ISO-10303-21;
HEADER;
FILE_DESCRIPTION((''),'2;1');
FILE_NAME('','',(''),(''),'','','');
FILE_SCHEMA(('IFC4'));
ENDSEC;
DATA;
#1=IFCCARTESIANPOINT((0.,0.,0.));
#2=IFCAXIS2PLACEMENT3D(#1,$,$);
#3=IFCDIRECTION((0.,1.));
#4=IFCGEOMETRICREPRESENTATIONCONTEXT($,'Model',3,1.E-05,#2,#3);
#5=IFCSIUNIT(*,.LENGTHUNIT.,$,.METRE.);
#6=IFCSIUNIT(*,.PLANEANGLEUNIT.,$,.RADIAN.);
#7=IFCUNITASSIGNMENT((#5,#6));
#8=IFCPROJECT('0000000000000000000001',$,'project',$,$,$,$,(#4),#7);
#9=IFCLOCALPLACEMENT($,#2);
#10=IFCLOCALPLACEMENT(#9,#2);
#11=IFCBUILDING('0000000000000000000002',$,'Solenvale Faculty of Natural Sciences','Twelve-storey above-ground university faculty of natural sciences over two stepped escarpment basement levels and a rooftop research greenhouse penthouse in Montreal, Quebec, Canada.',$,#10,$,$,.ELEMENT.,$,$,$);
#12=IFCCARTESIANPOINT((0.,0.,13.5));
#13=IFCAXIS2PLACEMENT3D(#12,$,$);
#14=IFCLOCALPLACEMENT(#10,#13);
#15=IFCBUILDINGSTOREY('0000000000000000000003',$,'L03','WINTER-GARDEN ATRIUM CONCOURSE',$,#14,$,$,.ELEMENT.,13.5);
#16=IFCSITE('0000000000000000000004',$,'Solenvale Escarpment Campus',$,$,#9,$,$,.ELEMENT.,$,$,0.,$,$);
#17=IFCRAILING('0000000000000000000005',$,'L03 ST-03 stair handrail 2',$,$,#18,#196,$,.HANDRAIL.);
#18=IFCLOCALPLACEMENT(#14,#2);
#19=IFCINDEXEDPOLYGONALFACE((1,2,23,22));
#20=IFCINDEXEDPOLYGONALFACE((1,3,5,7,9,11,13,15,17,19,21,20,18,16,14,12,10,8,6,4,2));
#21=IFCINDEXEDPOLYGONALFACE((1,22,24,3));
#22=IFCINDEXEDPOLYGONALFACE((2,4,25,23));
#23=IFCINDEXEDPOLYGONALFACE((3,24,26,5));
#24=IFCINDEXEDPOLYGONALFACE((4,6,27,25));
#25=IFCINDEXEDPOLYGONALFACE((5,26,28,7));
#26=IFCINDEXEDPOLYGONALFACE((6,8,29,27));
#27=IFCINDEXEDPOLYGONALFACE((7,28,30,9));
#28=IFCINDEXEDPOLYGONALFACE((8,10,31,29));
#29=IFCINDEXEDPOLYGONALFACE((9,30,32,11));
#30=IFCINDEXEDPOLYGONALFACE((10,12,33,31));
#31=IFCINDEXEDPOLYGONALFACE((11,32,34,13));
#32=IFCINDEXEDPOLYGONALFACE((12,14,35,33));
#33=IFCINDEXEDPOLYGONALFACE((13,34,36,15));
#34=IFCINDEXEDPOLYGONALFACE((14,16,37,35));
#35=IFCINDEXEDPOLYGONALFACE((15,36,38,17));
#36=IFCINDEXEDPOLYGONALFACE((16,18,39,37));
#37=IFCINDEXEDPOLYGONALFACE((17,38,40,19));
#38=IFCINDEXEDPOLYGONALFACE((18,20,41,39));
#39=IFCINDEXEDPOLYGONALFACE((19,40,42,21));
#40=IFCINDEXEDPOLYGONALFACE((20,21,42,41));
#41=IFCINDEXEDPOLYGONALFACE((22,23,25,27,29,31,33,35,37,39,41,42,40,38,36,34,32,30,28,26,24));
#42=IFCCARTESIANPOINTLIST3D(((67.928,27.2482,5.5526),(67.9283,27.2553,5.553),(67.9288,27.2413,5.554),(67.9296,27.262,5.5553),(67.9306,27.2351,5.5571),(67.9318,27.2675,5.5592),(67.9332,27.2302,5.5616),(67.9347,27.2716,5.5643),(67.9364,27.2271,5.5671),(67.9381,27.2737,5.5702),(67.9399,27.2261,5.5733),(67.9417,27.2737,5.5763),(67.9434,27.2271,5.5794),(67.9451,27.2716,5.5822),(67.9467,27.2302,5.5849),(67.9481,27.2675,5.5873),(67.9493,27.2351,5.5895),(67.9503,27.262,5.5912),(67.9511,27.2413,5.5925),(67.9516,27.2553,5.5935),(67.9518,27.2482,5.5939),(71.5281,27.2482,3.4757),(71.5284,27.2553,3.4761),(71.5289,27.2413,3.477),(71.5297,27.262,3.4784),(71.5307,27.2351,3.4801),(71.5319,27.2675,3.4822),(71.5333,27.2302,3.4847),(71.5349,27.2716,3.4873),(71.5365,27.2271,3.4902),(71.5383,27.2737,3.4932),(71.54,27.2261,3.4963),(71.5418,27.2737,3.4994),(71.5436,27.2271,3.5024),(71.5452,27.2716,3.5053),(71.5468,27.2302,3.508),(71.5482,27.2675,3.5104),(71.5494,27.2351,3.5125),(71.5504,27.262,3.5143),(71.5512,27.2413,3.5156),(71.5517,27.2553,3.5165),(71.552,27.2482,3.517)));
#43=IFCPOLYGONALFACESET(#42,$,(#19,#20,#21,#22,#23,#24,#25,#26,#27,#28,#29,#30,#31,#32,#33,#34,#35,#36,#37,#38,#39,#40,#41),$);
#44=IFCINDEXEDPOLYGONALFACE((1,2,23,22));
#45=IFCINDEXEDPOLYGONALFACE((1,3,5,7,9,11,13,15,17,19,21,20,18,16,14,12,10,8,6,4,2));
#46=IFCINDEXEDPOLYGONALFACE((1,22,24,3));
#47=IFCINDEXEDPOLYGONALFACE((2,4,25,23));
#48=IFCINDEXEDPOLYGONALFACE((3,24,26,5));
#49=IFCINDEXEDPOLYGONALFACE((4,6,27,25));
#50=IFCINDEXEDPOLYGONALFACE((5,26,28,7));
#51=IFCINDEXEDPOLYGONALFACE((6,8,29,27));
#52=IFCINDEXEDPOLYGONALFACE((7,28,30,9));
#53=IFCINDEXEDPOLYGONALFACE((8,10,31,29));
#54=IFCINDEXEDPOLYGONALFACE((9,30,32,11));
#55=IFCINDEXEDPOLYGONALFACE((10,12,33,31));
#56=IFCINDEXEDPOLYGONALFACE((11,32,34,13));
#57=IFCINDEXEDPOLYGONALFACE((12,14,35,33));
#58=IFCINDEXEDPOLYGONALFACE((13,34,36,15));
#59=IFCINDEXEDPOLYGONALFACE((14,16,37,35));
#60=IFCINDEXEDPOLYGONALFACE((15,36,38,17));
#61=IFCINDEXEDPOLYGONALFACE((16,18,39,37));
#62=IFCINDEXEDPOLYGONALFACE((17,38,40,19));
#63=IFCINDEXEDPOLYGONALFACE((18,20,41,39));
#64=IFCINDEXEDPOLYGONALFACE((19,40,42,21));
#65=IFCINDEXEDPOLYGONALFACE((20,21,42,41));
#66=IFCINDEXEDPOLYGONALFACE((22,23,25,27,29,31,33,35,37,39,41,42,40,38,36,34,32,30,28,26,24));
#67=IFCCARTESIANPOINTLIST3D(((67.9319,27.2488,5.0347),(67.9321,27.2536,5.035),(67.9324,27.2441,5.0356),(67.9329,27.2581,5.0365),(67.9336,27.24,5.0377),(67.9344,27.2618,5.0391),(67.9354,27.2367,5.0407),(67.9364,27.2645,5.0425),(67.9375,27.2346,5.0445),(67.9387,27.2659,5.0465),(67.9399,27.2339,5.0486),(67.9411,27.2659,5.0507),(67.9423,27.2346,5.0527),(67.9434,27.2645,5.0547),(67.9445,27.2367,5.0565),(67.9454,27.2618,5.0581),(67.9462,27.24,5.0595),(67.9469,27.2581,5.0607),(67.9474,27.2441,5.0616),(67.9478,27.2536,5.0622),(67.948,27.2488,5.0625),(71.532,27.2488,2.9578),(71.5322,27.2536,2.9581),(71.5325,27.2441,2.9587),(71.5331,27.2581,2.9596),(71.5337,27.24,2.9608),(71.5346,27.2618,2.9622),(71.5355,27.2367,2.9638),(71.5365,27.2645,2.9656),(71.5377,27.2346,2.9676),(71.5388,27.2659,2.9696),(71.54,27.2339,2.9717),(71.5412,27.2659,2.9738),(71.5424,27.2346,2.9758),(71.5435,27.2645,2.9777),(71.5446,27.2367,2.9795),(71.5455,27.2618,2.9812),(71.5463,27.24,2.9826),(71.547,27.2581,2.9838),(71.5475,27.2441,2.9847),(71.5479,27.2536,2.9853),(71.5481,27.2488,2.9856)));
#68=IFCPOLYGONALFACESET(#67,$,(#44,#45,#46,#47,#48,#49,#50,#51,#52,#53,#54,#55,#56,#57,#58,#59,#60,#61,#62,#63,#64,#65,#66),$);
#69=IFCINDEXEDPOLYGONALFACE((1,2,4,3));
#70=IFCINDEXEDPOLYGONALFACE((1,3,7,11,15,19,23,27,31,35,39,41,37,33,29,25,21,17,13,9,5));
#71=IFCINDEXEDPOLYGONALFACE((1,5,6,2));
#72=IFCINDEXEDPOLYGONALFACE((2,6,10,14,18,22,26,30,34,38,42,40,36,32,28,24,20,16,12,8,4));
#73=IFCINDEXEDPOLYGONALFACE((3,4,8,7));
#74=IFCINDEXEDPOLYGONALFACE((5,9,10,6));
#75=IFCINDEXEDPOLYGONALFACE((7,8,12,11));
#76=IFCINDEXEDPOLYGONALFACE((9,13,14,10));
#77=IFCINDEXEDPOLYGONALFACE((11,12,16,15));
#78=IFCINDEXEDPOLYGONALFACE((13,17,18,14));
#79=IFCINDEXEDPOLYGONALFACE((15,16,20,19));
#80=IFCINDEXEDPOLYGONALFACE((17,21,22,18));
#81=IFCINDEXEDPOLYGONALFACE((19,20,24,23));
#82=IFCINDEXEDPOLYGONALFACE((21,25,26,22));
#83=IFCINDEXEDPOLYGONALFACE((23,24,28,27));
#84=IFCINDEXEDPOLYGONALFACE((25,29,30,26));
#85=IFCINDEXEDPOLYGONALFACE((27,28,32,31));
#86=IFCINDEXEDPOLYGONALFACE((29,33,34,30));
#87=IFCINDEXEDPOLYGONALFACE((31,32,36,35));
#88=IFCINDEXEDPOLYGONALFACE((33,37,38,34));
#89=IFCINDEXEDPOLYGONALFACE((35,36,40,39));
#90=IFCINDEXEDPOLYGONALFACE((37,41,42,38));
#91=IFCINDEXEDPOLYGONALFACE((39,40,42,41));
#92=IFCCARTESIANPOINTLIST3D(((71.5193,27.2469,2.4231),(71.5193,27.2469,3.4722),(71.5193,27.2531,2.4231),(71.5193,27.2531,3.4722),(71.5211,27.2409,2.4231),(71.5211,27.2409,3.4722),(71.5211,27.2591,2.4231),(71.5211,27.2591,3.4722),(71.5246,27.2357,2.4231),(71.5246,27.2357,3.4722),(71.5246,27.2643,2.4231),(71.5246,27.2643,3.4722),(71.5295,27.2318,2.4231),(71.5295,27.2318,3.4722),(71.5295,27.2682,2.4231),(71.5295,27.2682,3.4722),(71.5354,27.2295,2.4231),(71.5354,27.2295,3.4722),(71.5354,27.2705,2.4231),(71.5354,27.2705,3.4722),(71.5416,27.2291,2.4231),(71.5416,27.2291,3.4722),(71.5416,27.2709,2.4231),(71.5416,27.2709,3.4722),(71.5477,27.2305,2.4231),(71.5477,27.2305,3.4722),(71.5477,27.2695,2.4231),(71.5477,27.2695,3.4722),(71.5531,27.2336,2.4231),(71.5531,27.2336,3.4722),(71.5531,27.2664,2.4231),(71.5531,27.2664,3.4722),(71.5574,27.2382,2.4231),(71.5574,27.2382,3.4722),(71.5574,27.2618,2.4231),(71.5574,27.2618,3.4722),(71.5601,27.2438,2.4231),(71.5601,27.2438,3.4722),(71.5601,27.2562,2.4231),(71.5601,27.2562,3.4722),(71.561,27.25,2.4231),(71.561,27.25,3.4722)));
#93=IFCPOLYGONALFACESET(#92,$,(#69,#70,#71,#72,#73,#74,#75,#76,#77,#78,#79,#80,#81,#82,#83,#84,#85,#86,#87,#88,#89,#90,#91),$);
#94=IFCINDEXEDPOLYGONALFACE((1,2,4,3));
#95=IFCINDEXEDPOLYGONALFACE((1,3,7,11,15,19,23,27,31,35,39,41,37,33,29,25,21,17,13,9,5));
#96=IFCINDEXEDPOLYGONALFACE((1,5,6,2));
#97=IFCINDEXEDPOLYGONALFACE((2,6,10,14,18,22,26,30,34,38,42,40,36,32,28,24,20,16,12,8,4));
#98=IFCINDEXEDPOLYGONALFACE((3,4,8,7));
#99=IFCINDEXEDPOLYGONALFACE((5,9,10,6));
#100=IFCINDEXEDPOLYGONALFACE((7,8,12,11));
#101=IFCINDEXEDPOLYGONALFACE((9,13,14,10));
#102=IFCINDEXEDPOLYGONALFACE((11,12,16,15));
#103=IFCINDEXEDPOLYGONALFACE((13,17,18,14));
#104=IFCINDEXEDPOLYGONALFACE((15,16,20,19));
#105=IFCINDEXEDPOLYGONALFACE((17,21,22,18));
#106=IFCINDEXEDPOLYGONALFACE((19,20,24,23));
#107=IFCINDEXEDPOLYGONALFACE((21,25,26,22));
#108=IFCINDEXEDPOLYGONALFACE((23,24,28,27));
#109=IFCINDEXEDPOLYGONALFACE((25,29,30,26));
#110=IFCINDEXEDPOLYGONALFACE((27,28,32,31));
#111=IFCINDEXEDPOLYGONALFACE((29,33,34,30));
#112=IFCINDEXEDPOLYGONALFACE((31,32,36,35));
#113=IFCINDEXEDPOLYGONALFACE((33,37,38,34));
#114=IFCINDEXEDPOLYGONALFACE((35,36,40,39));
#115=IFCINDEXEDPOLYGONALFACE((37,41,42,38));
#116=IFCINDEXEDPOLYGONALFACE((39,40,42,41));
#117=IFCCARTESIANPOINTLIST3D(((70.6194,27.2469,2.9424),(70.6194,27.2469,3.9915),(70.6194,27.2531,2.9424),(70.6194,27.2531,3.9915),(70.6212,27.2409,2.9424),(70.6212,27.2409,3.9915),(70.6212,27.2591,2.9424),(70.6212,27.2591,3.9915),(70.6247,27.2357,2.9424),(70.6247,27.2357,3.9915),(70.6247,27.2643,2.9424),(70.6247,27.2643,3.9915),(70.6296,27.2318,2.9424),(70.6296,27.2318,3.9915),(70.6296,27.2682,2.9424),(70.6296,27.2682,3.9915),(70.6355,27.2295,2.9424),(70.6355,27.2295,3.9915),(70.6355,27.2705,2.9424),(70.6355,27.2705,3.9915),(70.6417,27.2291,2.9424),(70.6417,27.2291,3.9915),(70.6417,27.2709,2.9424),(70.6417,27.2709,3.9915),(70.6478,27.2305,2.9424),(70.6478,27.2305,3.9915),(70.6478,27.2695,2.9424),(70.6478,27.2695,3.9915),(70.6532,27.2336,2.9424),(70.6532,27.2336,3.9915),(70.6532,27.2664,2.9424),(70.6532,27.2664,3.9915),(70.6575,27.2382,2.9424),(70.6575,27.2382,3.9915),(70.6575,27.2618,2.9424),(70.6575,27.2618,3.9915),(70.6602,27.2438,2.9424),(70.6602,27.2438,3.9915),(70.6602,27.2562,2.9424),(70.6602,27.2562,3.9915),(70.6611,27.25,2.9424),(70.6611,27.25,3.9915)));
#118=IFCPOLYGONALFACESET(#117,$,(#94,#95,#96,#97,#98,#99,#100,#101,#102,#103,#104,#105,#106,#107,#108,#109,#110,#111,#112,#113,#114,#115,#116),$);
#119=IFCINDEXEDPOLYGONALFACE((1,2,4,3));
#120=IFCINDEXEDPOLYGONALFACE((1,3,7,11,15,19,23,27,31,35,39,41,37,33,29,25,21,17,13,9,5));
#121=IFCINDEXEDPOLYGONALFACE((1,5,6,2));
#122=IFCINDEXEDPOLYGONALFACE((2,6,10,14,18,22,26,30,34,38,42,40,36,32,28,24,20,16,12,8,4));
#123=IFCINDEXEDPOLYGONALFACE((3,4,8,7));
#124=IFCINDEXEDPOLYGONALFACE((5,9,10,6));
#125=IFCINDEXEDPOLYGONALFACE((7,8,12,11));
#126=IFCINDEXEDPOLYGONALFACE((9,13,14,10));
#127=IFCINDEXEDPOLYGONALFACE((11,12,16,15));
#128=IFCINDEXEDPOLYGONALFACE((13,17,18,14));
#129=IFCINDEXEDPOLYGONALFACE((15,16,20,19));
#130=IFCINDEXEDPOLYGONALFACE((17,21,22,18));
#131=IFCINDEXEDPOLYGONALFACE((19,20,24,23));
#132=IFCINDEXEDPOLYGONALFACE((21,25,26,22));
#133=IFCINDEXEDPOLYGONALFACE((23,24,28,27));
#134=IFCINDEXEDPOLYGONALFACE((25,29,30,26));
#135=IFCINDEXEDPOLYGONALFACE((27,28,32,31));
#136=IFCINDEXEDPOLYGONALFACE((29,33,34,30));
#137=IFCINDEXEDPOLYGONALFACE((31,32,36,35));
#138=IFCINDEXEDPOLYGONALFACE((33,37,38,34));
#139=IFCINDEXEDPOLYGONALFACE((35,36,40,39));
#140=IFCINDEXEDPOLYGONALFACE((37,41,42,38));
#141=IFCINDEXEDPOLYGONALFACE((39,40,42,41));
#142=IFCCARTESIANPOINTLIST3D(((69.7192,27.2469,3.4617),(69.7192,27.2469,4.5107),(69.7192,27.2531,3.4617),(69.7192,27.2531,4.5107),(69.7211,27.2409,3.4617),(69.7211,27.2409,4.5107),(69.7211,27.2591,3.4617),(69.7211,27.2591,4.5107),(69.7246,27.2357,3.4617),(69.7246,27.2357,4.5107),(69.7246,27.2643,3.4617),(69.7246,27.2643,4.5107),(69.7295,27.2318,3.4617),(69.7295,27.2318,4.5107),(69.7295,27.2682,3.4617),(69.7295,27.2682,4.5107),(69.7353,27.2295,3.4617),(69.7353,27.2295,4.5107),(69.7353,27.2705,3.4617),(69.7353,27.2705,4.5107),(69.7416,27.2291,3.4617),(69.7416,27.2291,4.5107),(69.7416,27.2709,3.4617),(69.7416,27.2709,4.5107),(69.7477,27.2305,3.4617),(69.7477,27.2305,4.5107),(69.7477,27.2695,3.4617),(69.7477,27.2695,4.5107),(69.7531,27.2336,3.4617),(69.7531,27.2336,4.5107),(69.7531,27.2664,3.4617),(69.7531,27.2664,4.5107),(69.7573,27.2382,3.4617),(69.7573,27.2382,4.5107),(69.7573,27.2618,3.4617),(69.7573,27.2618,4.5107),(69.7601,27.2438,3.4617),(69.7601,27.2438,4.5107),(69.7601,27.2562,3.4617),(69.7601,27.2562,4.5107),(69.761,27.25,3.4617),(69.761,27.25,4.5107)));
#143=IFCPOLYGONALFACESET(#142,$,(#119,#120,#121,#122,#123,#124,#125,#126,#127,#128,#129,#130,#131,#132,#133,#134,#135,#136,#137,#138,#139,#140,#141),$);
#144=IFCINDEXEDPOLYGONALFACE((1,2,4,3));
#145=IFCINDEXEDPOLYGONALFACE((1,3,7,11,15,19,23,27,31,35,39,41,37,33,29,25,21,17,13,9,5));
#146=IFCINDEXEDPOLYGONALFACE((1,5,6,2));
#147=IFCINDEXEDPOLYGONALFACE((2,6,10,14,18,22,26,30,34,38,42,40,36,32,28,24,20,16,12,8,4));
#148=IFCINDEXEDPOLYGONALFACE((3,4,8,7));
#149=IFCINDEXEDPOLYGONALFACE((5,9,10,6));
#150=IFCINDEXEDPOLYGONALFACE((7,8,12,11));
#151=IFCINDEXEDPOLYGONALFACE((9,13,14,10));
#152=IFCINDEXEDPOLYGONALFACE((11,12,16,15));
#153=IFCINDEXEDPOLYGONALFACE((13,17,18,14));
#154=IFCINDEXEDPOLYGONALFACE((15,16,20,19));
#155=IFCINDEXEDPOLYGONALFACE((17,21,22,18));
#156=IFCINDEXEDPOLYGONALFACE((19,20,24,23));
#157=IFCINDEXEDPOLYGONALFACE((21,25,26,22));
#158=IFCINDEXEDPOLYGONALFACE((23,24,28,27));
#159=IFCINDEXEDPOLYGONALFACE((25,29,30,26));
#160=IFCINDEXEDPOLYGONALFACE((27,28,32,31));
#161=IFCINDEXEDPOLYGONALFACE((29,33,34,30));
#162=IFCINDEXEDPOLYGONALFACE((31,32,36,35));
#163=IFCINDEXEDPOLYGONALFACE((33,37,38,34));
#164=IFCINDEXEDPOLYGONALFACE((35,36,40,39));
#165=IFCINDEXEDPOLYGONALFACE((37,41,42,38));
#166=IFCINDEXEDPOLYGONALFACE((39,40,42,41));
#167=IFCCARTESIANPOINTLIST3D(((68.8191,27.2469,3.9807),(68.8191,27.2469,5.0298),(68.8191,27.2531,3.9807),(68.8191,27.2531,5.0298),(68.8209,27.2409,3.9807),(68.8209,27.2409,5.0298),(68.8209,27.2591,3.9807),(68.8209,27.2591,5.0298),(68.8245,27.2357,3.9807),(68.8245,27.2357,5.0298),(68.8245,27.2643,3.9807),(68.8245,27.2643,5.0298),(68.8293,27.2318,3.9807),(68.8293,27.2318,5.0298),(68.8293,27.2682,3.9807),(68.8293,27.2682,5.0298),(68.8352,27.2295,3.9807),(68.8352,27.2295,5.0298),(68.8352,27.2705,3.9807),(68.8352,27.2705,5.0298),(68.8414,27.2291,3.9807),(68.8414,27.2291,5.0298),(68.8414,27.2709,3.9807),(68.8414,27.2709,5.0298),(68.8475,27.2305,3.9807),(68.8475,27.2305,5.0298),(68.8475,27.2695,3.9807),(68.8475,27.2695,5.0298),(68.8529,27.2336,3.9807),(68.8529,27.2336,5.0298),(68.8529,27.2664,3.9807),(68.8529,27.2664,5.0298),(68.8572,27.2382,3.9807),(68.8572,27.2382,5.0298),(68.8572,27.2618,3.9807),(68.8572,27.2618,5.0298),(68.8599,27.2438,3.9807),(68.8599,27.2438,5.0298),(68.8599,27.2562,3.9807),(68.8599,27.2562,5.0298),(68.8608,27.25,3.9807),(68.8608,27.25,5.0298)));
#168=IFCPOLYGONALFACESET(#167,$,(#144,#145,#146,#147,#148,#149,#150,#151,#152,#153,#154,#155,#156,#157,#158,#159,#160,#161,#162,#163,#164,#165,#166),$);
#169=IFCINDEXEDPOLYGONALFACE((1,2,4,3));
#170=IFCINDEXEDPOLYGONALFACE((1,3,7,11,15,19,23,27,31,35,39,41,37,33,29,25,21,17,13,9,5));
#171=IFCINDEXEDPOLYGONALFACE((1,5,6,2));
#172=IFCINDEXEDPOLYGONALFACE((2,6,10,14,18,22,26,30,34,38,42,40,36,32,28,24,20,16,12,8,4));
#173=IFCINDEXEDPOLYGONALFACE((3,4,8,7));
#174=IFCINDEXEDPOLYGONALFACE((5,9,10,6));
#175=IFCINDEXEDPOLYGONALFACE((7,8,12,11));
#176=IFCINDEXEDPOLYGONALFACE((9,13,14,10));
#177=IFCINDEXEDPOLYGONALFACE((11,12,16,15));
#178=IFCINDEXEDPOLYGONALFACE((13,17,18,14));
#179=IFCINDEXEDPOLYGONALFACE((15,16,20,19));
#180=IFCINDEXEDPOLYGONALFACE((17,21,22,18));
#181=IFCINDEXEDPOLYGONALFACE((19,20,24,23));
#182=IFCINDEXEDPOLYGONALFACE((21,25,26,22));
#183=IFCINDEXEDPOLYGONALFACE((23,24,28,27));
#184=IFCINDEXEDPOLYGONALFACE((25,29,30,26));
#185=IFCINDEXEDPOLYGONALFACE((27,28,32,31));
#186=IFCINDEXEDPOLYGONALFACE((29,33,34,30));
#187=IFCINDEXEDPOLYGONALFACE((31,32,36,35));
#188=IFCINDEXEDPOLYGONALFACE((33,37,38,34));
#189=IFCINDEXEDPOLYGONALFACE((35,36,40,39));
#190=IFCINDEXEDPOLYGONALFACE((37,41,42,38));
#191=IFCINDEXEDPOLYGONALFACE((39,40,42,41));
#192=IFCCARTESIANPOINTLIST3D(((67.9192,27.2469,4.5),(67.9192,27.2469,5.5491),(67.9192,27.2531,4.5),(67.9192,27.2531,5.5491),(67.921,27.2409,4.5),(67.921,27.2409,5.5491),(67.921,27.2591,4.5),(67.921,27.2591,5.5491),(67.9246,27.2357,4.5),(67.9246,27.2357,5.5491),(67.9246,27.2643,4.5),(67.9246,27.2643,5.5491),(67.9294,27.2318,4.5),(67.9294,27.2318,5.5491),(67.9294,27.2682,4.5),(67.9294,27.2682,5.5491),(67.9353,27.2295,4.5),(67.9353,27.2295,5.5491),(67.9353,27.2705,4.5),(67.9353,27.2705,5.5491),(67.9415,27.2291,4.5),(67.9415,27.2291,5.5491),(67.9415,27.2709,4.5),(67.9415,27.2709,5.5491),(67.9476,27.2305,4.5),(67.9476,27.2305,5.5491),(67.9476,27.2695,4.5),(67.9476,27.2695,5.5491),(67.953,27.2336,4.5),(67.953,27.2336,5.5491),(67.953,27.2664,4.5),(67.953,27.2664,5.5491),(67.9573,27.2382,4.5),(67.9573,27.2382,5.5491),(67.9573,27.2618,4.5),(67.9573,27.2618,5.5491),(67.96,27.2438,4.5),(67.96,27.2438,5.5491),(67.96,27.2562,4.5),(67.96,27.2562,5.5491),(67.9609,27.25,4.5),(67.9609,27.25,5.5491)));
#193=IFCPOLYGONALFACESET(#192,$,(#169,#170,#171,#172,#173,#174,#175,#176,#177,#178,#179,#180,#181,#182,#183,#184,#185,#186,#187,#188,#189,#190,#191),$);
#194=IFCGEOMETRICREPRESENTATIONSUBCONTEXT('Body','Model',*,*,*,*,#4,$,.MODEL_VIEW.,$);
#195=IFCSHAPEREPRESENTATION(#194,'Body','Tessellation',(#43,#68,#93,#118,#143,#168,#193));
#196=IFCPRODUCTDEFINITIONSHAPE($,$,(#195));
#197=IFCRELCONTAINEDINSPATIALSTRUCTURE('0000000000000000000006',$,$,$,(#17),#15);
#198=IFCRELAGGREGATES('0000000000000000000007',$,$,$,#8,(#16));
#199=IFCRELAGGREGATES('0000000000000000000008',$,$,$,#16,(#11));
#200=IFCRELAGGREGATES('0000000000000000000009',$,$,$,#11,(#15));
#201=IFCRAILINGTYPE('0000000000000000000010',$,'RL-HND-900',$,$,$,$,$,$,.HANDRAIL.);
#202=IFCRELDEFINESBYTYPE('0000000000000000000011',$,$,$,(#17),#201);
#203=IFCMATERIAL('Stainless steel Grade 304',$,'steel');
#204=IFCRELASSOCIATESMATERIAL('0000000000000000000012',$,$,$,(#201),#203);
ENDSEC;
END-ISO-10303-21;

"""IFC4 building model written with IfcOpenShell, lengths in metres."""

from ifc_helpers import new_model, si_unit, direction, frame, origin, origin_2d, place, context, subcontext, project, spatial, circle, extrude, material, type_object, element, save


model = new_model("IFC4")

# Units and contexts
model_context = context("Model", 3, precision=1e-05, world=origin(), true_north=direction((0.0, 1.0)))
body_context = subcontext(model_context, "Body", "Model", "MODEL_VIEW")
ifc_project = project(units=[si_unit("LENGTHUNIT", "METRE"), si_unit("PLANEANGLEUNIT", "RADIAN")], contexts=[model_context])

# Site, building, storey
site_placement = place(None, origin())
site = spatial("IfcSite", under=ifc_project, at=site_placement, Name="Solenvale Escarpment Campus", CompositionType="ELEMENT", RefElevation=0.0)
building_placement = place(site_placement, origin())
building = spatial("IfcBuilding", under=site, at=building_placement, Name="Solenvale Faculty of Natural Sciences", Description="Twelve-storey above-ground university faculty of natural sciences over two stepped escarpment basement levels and a rooftop research greenhouse penthouse in Montreal, Quebec, Canada.", CompositionType="ELEMENT")
storey_placement = place(building_placement, frame((0.0, 0.0, 13.5)))
storey = spatial("IfcBuildingStorey", under=building, at=storey_placement, Name="L03", Description="WINTER-GARDEN ATRIUM CONCOURSE", CompositionType="ELEMENT", Elevation=13.5)

# Shared definitions
ifc_material_1 = material(Name="Stainless steel Grade 304", Category="steel")

# Railing
railing_type_1 = type_object("IfcRailingType", Name="RL-HND-900", PredefinedType="HANDRAIL", material=ifc_material_1)
railing_1_placement = place(storey_placement, frame((71.54, 27.25, 2.4231)))
element("IfcRailing", 1, at=railing_1_placement, inside=storey, type_object=railing_type_1, Name="L03 ST-03 stair handrail 2", PredefinedType="HANDRAIL", context=body_context, shape_type="SweptSolid", body=[
    extrude(circle(Radius=0.0239, at=origin_2d()), frame((0.0, 0.0, 1.0732), z_axis=(-0.866193, 0.0, 0.499709), x_axis=(0.0, -1.0, 0.0)), (0.0, 0.0, 1.0), 4.1562),
    extrude(circle(Radius=0.0161, at=origin_2d()), frame((0.0, 0.0, 0.5486), z_axis=(-0.866193, 0.0, 0.499709), x_axis=(0.0, -1.0, 0.0)), (0.0, 0.0, 1.0), 4.1562),
    extrude(circle(Radius=0.021, at=origin_2d()), origin(), (0.0, 0.0, 1.0), 1.0491),
    extrude(circle(Radius=0.021, at=origin_2d()), frame((-0.8999, 0.0, 0.5193)), (0.0, 0.0, 1.0), 1.0491),
    extrude(circle(Radius=0.021, at=origin_2d()), frame((-1.8, 0.0, 1.0386)), (0.0, 0.0, 1.0), 1.0491),
    extrude(circle(Radius=0.021, at=origin_2d()), frame((-2.7002, 0.0, 1.5576)), (0.0, 0.0, 1.0), 1.0491),
    extrude(circle(Radius=0.021, at=origin_2d()), frame((-3.6001, 0.0, 2.0769)), (0.0, 0.0, 1.0), 1.0491),
])

save(model, "model.ifc")
